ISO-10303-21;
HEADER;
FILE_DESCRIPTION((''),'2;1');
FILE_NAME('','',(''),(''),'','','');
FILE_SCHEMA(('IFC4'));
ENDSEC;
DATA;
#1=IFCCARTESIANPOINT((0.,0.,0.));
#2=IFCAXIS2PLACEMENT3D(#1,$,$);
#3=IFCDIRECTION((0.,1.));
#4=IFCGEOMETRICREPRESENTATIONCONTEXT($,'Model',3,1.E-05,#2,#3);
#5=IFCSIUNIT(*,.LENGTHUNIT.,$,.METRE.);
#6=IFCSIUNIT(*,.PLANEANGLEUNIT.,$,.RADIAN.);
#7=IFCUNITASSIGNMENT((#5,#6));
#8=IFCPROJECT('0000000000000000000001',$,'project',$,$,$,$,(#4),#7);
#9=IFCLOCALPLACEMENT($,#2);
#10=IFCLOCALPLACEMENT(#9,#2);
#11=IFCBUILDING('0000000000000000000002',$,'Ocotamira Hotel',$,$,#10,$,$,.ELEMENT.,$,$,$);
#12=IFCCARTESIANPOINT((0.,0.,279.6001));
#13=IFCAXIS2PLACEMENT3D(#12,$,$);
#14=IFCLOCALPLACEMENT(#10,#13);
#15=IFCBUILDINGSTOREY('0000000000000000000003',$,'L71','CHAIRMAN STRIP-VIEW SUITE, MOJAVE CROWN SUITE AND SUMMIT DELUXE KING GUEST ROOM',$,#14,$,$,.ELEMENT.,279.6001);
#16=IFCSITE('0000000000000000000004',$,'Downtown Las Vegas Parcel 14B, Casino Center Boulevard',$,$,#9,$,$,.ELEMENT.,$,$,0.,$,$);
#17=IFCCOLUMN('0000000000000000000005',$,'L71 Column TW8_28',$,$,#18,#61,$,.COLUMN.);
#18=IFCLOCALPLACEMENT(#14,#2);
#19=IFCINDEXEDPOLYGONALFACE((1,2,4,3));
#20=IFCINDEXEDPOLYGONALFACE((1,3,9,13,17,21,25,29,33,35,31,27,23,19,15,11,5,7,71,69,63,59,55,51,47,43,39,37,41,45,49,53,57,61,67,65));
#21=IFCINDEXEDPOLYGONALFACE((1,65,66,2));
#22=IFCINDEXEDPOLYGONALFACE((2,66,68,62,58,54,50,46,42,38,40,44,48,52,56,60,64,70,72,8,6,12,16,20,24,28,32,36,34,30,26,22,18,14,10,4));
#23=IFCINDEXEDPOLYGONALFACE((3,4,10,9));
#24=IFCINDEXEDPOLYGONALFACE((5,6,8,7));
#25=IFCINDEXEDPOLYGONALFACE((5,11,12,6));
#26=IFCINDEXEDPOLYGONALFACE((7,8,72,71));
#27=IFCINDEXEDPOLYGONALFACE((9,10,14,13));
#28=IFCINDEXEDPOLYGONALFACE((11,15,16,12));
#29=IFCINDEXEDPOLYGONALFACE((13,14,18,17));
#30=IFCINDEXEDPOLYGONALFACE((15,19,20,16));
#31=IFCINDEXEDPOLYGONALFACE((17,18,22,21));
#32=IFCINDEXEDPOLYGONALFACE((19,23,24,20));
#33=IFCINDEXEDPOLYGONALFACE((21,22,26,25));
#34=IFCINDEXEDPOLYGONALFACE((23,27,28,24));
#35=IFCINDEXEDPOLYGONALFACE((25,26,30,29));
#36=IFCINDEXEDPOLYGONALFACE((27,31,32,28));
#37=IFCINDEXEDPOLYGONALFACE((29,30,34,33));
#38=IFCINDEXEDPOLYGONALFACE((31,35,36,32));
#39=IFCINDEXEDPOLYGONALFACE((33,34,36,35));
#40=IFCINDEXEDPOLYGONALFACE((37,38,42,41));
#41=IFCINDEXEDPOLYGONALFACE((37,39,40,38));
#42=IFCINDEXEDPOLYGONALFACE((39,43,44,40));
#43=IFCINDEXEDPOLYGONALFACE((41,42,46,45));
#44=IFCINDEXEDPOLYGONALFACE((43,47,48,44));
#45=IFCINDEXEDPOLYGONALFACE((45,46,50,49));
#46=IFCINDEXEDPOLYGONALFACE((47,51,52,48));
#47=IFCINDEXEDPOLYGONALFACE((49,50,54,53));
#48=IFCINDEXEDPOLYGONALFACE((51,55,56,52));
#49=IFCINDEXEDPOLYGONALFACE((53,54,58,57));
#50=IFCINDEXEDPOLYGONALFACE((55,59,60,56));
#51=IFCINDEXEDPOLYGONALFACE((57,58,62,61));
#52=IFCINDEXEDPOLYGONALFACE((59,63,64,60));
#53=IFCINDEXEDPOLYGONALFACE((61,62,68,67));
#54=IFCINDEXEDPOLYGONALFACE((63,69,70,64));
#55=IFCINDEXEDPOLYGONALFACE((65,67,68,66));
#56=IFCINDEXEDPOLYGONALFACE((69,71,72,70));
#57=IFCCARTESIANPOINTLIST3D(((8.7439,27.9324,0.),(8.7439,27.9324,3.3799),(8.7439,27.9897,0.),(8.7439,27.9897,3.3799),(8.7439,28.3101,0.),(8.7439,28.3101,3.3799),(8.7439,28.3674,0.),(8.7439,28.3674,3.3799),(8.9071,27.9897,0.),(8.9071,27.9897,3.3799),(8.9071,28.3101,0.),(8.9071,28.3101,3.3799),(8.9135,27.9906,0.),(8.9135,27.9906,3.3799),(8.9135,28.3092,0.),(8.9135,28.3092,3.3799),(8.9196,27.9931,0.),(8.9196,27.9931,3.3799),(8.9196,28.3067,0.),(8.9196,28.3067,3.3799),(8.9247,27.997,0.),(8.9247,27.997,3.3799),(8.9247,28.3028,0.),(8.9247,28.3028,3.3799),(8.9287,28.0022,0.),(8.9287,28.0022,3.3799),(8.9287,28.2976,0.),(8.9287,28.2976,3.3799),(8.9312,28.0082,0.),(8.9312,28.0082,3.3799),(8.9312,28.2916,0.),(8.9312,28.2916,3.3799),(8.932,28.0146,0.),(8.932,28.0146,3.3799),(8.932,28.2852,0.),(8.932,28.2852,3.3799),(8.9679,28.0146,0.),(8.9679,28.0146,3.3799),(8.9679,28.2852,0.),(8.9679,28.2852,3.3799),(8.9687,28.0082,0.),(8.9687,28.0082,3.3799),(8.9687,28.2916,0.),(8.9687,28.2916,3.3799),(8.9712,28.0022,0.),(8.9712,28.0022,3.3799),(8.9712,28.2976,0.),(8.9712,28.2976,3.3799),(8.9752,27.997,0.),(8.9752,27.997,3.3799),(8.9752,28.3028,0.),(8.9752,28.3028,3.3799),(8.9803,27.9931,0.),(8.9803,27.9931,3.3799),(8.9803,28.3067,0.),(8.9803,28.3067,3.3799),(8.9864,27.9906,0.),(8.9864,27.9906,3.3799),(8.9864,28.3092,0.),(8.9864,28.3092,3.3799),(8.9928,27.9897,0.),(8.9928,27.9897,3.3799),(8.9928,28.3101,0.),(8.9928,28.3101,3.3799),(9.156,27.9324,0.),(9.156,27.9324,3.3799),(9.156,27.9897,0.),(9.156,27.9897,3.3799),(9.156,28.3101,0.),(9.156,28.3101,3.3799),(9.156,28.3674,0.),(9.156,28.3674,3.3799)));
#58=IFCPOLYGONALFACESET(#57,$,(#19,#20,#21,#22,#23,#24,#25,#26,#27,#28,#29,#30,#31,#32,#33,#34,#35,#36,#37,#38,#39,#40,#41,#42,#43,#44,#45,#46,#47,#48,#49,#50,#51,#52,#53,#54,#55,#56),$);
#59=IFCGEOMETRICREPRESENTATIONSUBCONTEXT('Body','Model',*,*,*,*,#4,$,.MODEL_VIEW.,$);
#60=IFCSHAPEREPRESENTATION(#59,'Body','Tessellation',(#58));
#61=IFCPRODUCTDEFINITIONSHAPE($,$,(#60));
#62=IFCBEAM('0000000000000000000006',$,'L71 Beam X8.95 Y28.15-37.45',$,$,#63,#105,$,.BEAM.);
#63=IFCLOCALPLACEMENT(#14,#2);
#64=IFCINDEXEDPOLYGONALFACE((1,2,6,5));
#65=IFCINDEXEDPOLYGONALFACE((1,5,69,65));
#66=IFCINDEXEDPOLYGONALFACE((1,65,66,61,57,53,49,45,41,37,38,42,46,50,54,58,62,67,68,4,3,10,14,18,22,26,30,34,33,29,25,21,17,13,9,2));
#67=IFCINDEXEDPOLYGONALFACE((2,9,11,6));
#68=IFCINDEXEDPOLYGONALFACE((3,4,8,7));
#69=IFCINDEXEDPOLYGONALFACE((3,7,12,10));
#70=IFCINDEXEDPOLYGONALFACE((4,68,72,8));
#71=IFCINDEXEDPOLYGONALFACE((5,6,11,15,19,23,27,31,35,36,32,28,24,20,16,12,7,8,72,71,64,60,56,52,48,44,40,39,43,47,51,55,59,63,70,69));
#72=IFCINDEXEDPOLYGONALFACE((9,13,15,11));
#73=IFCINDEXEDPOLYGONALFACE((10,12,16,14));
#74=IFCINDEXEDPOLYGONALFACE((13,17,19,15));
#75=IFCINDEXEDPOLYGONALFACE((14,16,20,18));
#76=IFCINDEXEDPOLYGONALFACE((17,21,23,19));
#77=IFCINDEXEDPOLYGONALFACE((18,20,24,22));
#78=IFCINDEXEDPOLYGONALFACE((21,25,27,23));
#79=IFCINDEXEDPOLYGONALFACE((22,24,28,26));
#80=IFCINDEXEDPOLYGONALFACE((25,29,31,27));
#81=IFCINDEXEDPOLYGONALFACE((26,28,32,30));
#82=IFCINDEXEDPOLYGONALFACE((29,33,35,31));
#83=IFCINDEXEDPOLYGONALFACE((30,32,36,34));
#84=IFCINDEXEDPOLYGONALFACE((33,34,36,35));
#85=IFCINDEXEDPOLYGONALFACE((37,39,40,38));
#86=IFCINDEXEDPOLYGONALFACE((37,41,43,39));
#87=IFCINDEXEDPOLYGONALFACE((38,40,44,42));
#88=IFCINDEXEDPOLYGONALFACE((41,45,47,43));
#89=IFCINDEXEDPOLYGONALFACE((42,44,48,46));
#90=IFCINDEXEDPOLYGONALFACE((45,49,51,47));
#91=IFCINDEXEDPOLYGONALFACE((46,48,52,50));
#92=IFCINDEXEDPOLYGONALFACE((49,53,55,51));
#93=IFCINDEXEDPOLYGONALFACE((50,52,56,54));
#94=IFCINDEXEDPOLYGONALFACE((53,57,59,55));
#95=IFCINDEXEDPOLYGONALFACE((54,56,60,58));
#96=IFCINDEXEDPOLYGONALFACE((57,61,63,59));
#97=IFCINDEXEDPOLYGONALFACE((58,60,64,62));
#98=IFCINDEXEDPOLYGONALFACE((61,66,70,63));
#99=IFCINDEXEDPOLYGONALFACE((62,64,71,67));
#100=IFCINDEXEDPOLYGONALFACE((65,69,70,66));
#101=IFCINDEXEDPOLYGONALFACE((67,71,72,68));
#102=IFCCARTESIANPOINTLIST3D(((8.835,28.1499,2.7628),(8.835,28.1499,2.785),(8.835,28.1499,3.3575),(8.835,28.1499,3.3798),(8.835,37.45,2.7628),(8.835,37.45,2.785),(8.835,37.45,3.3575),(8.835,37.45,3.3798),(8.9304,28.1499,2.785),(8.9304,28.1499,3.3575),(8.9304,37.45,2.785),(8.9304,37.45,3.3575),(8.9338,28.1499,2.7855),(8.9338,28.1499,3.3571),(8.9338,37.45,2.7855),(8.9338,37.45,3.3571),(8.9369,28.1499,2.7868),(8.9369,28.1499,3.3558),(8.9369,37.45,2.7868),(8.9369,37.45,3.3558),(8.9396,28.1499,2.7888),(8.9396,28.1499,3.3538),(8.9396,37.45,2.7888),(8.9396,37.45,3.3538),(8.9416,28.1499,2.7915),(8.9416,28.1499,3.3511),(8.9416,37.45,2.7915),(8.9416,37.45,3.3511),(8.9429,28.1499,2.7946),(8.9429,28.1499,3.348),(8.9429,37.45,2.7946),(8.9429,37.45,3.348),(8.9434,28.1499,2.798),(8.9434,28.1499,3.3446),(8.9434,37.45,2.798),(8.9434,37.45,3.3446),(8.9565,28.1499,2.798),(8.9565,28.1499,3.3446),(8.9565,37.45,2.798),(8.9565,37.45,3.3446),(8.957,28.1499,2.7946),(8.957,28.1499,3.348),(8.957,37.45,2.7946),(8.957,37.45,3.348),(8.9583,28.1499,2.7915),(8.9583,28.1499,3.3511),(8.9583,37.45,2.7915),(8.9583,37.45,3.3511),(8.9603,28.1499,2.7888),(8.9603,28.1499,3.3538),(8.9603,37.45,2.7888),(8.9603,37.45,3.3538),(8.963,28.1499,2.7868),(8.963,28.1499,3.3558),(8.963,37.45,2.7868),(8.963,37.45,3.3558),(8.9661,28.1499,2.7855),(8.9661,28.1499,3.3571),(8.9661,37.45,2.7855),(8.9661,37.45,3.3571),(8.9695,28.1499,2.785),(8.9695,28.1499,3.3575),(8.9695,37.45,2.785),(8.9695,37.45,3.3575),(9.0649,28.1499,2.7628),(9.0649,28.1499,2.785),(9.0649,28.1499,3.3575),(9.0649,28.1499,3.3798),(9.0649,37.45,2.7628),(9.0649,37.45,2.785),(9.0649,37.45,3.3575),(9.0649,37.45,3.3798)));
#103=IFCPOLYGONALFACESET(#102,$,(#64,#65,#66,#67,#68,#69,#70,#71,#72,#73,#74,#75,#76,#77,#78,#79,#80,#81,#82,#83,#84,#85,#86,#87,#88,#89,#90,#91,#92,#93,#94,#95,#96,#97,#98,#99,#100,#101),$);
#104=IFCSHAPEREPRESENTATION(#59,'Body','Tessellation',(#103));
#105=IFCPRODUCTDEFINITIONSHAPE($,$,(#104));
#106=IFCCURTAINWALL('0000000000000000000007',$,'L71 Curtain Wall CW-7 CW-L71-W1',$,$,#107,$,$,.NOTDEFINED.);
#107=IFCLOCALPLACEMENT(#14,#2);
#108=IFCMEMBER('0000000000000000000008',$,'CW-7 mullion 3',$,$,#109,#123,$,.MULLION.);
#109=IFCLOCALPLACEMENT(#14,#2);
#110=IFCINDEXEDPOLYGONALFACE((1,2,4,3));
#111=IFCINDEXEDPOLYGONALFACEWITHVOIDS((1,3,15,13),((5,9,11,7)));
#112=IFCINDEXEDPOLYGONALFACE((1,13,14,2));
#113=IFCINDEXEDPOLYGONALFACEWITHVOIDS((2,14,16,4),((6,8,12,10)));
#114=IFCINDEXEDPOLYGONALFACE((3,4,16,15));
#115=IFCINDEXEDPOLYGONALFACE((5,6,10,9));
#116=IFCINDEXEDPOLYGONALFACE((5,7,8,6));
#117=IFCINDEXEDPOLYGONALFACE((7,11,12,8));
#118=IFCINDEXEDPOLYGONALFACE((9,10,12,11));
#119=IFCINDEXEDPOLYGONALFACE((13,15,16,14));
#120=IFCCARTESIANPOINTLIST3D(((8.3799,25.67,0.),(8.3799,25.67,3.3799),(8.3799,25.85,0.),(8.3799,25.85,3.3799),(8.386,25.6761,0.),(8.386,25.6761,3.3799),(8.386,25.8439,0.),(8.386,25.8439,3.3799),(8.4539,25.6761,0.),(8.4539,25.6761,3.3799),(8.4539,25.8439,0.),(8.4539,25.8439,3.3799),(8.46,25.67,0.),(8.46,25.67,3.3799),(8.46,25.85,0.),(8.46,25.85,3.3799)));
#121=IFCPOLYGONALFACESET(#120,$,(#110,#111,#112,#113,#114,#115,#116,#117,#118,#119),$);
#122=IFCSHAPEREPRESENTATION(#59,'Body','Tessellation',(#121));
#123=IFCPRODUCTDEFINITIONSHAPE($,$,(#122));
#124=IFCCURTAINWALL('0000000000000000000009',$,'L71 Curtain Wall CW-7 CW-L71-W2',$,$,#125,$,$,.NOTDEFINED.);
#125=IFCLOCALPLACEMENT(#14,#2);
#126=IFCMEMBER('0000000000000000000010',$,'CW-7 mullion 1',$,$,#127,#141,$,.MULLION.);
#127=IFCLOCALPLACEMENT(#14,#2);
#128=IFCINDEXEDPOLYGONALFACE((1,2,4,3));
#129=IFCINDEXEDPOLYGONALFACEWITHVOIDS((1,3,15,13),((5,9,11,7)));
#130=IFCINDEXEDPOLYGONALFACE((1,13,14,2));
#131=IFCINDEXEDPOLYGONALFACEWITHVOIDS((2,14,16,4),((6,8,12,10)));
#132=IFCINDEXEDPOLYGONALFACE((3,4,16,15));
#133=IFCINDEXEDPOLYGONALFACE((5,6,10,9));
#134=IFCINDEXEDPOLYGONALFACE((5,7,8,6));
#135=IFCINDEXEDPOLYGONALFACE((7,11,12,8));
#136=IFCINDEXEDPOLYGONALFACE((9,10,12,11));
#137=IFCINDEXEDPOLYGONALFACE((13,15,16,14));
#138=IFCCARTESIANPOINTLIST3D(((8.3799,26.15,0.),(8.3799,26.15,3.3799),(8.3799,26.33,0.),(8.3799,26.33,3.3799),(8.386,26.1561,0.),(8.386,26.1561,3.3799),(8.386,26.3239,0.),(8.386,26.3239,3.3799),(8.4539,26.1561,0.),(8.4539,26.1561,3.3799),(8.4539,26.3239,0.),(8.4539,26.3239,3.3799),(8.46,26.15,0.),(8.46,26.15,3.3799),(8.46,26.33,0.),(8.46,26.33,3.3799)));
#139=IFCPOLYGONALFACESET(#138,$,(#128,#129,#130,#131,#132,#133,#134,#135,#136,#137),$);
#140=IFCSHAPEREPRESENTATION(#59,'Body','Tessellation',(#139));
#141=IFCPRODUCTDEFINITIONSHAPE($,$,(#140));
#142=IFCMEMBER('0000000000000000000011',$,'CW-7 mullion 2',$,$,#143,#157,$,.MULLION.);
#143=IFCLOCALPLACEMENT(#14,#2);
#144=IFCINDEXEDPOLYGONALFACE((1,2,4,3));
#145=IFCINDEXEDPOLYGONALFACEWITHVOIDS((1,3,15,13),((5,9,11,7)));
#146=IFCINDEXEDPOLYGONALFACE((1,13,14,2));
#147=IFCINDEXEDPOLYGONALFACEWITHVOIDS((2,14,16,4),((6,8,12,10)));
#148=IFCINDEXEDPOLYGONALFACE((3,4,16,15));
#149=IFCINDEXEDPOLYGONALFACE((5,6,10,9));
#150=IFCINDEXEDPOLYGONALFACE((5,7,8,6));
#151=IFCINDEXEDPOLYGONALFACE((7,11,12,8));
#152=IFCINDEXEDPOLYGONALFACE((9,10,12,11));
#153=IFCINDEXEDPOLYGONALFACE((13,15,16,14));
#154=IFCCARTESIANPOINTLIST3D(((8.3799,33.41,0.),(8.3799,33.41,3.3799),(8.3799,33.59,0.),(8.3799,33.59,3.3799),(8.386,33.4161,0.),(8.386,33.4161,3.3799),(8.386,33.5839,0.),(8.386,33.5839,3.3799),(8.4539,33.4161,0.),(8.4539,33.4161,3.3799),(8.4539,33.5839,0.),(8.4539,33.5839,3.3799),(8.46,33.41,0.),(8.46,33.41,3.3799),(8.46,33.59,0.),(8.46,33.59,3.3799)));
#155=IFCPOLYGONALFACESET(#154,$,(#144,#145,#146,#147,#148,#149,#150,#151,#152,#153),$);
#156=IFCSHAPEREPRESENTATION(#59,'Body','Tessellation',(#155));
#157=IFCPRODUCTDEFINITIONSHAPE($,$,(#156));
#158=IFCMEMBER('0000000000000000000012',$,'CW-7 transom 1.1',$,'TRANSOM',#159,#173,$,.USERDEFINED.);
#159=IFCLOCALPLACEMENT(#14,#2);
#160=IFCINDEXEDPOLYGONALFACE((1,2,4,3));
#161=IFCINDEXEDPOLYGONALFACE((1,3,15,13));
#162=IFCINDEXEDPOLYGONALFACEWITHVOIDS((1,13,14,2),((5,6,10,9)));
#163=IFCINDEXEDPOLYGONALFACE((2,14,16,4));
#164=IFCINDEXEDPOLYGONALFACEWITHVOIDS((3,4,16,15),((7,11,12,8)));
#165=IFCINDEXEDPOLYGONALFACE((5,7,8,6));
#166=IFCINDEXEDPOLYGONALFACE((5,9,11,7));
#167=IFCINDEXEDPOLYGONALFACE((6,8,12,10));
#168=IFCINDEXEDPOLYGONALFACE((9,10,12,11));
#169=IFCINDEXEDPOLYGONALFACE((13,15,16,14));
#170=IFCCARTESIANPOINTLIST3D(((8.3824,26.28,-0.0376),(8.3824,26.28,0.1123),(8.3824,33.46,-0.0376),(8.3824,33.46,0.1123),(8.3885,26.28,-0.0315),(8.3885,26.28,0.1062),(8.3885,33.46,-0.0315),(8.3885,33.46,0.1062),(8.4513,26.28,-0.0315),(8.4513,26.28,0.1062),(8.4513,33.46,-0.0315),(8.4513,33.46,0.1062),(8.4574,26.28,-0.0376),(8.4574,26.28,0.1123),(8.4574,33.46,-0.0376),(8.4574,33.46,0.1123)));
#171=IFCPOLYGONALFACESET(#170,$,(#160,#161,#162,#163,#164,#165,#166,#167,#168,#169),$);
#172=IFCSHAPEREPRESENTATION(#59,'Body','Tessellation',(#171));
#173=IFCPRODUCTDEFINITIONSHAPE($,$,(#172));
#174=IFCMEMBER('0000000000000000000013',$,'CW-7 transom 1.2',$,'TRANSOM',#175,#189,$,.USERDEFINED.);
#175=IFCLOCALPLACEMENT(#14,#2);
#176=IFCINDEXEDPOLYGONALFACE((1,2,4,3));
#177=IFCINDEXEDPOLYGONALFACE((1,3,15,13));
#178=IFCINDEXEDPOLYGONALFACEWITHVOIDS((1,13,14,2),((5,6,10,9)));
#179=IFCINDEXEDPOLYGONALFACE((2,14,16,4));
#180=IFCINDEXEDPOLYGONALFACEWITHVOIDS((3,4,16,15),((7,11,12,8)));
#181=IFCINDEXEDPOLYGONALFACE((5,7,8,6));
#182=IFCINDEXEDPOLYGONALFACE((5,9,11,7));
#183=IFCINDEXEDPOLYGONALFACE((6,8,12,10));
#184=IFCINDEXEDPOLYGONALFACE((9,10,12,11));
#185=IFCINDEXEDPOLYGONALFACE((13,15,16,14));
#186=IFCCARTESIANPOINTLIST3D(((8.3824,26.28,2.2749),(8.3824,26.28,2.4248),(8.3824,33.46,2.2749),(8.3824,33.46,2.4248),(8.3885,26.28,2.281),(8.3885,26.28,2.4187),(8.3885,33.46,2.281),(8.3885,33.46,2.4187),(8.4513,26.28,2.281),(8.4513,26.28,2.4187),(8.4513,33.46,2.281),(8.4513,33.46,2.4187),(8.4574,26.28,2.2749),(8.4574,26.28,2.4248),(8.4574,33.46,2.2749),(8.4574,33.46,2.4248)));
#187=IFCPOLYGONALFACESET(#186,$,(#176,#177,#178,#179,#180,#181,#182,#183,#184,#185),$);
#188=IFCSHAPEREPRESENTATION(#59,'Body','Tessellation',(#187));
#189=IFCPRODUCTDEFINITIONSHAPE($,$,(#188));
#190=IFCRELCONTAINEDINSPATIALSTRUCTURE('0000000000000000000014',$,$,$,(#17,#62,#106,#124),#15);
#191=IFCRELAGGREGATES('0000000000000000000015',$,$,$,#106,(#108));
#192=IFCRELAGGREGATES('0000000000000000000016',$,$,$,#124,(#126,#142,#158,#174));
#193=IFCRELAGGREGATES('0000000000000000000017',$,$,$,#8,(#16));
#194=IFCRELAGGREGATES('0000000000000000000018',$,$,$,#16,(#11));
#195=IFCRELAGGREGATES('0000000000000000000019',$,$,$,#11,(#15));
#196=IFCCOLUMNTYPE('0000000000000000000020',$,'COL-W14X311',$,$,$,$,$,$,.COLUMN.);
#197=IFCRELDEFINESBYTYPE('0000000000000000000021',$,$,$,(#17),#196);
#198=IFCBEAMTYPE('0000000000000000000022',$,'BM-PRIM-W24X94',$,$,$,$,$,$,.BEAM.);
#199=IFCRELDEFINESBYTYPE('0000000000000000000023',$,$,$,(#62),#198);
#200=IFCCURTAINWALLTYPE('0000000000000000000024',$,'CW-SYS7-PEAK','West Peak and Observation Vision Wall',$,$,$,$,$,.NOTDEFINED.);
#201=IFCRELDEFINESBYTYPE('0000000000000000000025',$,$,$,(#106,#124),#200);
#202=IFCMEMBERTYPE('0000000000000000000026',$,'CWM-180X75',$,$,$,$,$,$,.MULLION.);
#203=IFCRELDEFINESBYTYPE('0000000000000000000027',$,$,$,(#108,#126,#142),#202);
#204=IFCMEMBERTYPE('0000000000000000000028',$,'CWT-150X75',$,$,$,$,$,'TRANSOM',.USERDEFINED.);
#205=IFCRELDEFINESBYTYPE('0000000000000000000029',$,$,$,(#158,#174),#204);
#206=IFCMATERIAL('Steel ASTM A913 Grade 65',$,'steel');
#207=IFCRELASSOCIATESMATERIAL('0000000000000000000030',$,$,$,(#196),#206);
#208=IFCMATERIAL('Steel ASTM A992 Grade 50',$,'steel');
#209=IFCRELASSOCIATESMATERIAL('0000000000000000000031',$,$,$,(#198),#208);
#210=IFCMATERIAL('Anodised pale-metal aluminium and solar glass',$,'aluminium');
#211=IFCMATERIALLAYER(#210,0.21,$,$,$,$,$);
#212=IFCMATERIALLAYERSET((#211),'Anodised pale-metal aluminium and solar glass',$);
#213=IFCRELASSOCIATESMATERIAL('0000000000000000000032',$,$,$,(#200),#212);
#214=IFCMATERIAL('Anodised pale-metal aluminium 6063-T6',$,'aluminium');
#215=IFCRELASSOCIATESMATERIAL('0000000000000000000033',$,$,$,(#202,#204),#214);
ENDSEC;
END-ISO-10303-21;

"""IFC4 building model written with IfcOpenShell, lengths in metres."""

from ifc_helpers import new_model, si_unit, direction, frame, origin, origin_2d, place, context, subcontext, project, spatial, hollow_rectangle, i_section, extrude, source, transform, mapped, material, layer, layer_set, material_profile, profile_set, type_object, element, aggregate, save


model = new_model("IFC4")

# Units and contexts
model_context = context("Model", 3, precision=1e-05, world=origin(), true_north=direction((0.0, 1.0)))
body_context = subcontext(model_context, "Body", "Model", "MODEL_VIEW")
ifc_project = project(units=[si_unit("LENGTHUNIT", "METRE"), si_unit("PLANEANGLEUNIT", "RADIAN")], contexts=[model_context])

# Site, building, storey
site_placement = place(None, origin())
site = spatial("IfcSite", under=ifc_project, at=site_placement, Name="Downtown Las Vegas Parcel 14B, Casino Center Boulevard", CompositionType="ELEMENT", RefElevation=0.0)
building_placement = place(site_placement, origin())
building = spatial("IfcBuilding", under=site, at=building_placement, Name="Ocotamira Hotel", CompositionType="ELEMENT")
storey_placement = place(building_placement, frame((0.0, 0.0, 279.6001)))
storey = spatial("IfcBuildingStorey", under=building, at=storey_placement, Name="L71", Description="CHAIRMAN STRIP-VIEW SUITE, MOJAVE CROWN SUITE AND SUMMIT DELUXE KING GUEST ROOM", CompositionType="ELEMENT", Elevation=279.6001)

# Column
ifc_material_1 = material(Name="Steel ASTM A913 Grade 65", Category="steel")
ifc_material_profile_1 = material_profile(ifc_material_1, i_section(OverallWidth=0.4121, OverallDepth=0.4351, WebThickness=0.0359, FlangeThickness=0.0574, FilletRadius=0.0249, at=origin_2d()), Name="W14X311")
ifc_profile_set_1 = profile_set([ifc_material_profile_1], Name="Steel ASTM A913 Grade 65")
column_type = type_object("IfcColumnType", Name="COL-W14X311", PredefinedType="COLUMN", material=ifc_profile_set_1)
shared_shape_1 = source(origin(), body_context, "Body", "SweptSolid", [
    extrude(i_section(OverallWidth=0.4121, OverallDepth=0.4351, WebThickness=0.0359, FlangeThickness=0.0574, FilletRadius=0.0249, at=origin_2d()), origin(), (0.0, 0.0, 1.0), 3.3799),
])
column_placement = place(storey_placement, frame((8.95, 28.1499, 0.0), z_axis=(0.0, 0.0, 1.0), x_axis=(1.0, 0.0, 0.0)))
element("IfcColumn", 1, at=column_placement, inside=storey, type_object=column_type, Name="L71 Column TW8_28", PredefinedType="COLUMN", context=body_context, shape_type="MappedRepresentation", body=[
    mapped(shared_shape_1, transform((0.0, 0.0, 0.0), scale=1.0)),
])

# Beam
ifc_material_2 = material(Name="Steel ASTM A992 Grade 50", Category="steel")
ifc_material_profile_2 = material_profile(ifc_material_2, i_section(OverallWidth=0.23, OverallDepth=0.6169, WebThickness=0.0132, FlangeThickness=0.0222, FilletRadius=0.0129, at=origin_2d()), Name="W24X94")
ifc_profile_set_2 = profile_set([ifc_material_profile_2], Name="Steel ASTM A992 Grade 50")
beam_type = type_object("IfcBeamType", Name="BM-PRIM-W24X94", PredefinedType="BEAM", material=ifc_profile_set_2)
shared_shape_2 = source(origin(), body_context, "Body", "SweptSolid", [
    extrude(i_section(OverallWidth=0.23, OverallDepth=0.6169, WebThickness=0.0132, FlangeThickness=0.0222, FilletRadius=0.0129, at=origin_2d()), origin(), (0.0, 0.0, 1.0), 9.3),
])
beam_placement = place(storey_placement, frame((8.95, 28.1499, 3.0713), z_axis=(0.0, 1.0, 0.0), x_axis=(-1.0, 0.0, 0.0)))
element("IfcBeam", 2, at=beam_placement, inside=storey, type_object=beam_type, Name="L71 Beam X8.95 Y28.15-37.45", PredefinedType="BEAM", context=body_context, shape_type="MappedRepresentation", body=[
    mapped(shared_shape_2, transform((0.0, 0.0, 0.0), scale=1.0)),
])

# Curtain wall, member
ifc_material_3 = material(Name="Anodised pale-metal aluminium and solar glass", Category="aluminium")
ifc_layer_1 = layer(ifc_material_3, 0.21)
ifc_layer_set_1 = layer_set([ifc_layer_1], Name="Anodised pale-metal aluminium and solar glass")
curtain_wall_type = type_object("IfcCurtainWallType", Name="CW-SYS7-PEAK", Description="West Peak and Observation Vision Wall", PredefinedType="NOTDEFINED", material=ifc_layer_set_1)
curtain_wall_1_placement = place(storey_placement, origin())
curtain_wall_1 = element("IfcCurtainWall", 3, at=curtain_wall_1_placement, inside=storey, type_object=curtain_wall_type, Name="L71 Curtain Wall CW-7 CW-L71-W1", PredefinedType="NOTDEFINED")
ifc_material_4 = material(Name="Anodised pale-metal aluminium 6063-T6", Category="aluminium")
ifc_material_profile_3 = material_profile(ifc_material_4, hollow_rectangle(XDim=0.0801, YDim=0.1799, WallThickness=0.0061, at=origin_2d()), Name="HSS180X80X6")
ifc_profile_set_3 = profile_set([ifc_material_profile_3], Name="Anodised pale-metal aluminium 6063-T6")
member_type_1 = type_object("IfcMemberType", Name="CWM-180X75", PredefinedType="MULLION", material=ifc_profile_set_3)
shared_shape_3 = source(origin(), body_context, "Body", "SweptSolid", [
    extrude(hollow_rectangle(XDim=0.0801, YDim=0.1799, WallThickness=0.0061, at=origin_2d()), origin(), (0.0, 0.0, 1.0), 3.3799),
])
member_1_placement = place(storey_placement, frame((8.4199, 25.76, 0.0), z_axis=(0.0, 0.0, 1.0), x_axis=(-1.0, 0.0, 0.0)))
member_1 = element("IfcMember", 4, at=member_1_placement, type_object=member_type_1, Name="CW-7 mullion 3", PredefinedType="MULLION", context=body_context, shape_type="MappedRepresentation", body=[
    mapped(shared_shape_3, transform((0.0, 0.0, 0.0), scale=1.0)),
])
aggregate(curtain_wall_1, [member_1])

# Curtain wall, members
curtain_wall_2_placement = place(storey_placement, origin())
curtain_wall_2 = element("IfcCurtainWall", 5, at=curtain_wall_2_placement, inside=storey, type_object=curtain_wall_type, Name="L71 Curtain Wall CW-7 CW-L71-W2", PredefinedType="NOTDEFINED")
member_2_placement = place(storey_placement, frame((8.4199, 26.24, 0.0), z_axis=(0.0, 0.0, 1.0), x_axis=(-1.0, 0.0, 0.0)))
member_2 = element("IfcMember", 6, at=member_2_placement, type_object=member_type_1, Name="CW-7 mullion 1", PredefinedType="MULLION", context=body_context, shape_type="MappedRepresentation", body=[
    mapped(shared_shape_3, transform((0.0, 0.0, 0.0), scale=1.0)),
])
member_3_placement = place(storey_placement, frame((8.4199, 33.5, 0.0), z_axis=(0.0, 0.0, 1.0), x_axis=(-1.0, 0.0, 0.0)))
member_3 = element("IfcMember", 7, at=member_3_placement, type_object=member_type_1, Name="CW-7 mullion 2", PredefinedType="MULLION", context=body_context, shape_type="MappedRepresentation", body=[
    mapped(shared_shape_3, transform((0.0, 0.0, 0.0), scale=1.0)),
])
ifc_material_profile_4 = material_profile(ifc_material_4, hollow_rectangle(XDim=0.075, YDim=0.1499, WallThickness=0.0061, at=origin_2d()), Name="HSS150X75X6")
ifc_profile_set_4 = profile_set([ifc_material_profile_4], Name="Anodised pale-metal aluminium 6063-T6")
member_type_2 = type_object("IfcMemberType", Name="CWT-150X75", ElementType="TRANSOM", PredefinedType="USERDEFINED", material=ifc_profile_set_4)
shared_shape_4 = source(origin(), body_context, "Body", "SweptSolid", [
    extrude(hollow_rectangle(XDim=0.075, YDim=0.1499, WallThickness=0.0061, at=origin_2d()), origin(), (0.0, 0.0, 1.0), 7.1799),
])
member_4_placement = place(storey_placement, frame((8.4199, 26.28, 0.0374), z_axis=(0.0, 1.0, 0.0), x_axis=(-1.0, 0.0, 0.0)))
member_4 = element("IfcMember", 8, at=member_4_placement, type_object=member_type_2, Name="CW-7 transom 1.1", ObjectType="TRANSOM", PredefinedType="USERDEFINED", context=body_context, shape_type="MappedRepresentation", body=[
    mapped(shared_shape_4, transform((0.0, 0.0, 0.0), scale=1.0)),
])
member_5_placement = place(storey_placement, frame((8.4199, 26.28, 2.3499), z_axis=(0.0, 1.0, 0.0), x_axis=(-1.0, 0.0, 0.0)))
member_5 = element("IfcMember", 9, at=member_5_placement, type_object=member_type_2, Name="CW-7 transom 1.2", ObjectType="TRANSOM", PredefinedType="USERDEFINED", context=body_context, shape_type="MappedRepresentation", body=[
    mapped(shared_shape_4, transform((0.0, 0.0, 0.0), scale=1.0)),
])
aggregate(curtain_wall_2, [member_2, member_3, member_4, member_5])

save(model, "model.ifc")
